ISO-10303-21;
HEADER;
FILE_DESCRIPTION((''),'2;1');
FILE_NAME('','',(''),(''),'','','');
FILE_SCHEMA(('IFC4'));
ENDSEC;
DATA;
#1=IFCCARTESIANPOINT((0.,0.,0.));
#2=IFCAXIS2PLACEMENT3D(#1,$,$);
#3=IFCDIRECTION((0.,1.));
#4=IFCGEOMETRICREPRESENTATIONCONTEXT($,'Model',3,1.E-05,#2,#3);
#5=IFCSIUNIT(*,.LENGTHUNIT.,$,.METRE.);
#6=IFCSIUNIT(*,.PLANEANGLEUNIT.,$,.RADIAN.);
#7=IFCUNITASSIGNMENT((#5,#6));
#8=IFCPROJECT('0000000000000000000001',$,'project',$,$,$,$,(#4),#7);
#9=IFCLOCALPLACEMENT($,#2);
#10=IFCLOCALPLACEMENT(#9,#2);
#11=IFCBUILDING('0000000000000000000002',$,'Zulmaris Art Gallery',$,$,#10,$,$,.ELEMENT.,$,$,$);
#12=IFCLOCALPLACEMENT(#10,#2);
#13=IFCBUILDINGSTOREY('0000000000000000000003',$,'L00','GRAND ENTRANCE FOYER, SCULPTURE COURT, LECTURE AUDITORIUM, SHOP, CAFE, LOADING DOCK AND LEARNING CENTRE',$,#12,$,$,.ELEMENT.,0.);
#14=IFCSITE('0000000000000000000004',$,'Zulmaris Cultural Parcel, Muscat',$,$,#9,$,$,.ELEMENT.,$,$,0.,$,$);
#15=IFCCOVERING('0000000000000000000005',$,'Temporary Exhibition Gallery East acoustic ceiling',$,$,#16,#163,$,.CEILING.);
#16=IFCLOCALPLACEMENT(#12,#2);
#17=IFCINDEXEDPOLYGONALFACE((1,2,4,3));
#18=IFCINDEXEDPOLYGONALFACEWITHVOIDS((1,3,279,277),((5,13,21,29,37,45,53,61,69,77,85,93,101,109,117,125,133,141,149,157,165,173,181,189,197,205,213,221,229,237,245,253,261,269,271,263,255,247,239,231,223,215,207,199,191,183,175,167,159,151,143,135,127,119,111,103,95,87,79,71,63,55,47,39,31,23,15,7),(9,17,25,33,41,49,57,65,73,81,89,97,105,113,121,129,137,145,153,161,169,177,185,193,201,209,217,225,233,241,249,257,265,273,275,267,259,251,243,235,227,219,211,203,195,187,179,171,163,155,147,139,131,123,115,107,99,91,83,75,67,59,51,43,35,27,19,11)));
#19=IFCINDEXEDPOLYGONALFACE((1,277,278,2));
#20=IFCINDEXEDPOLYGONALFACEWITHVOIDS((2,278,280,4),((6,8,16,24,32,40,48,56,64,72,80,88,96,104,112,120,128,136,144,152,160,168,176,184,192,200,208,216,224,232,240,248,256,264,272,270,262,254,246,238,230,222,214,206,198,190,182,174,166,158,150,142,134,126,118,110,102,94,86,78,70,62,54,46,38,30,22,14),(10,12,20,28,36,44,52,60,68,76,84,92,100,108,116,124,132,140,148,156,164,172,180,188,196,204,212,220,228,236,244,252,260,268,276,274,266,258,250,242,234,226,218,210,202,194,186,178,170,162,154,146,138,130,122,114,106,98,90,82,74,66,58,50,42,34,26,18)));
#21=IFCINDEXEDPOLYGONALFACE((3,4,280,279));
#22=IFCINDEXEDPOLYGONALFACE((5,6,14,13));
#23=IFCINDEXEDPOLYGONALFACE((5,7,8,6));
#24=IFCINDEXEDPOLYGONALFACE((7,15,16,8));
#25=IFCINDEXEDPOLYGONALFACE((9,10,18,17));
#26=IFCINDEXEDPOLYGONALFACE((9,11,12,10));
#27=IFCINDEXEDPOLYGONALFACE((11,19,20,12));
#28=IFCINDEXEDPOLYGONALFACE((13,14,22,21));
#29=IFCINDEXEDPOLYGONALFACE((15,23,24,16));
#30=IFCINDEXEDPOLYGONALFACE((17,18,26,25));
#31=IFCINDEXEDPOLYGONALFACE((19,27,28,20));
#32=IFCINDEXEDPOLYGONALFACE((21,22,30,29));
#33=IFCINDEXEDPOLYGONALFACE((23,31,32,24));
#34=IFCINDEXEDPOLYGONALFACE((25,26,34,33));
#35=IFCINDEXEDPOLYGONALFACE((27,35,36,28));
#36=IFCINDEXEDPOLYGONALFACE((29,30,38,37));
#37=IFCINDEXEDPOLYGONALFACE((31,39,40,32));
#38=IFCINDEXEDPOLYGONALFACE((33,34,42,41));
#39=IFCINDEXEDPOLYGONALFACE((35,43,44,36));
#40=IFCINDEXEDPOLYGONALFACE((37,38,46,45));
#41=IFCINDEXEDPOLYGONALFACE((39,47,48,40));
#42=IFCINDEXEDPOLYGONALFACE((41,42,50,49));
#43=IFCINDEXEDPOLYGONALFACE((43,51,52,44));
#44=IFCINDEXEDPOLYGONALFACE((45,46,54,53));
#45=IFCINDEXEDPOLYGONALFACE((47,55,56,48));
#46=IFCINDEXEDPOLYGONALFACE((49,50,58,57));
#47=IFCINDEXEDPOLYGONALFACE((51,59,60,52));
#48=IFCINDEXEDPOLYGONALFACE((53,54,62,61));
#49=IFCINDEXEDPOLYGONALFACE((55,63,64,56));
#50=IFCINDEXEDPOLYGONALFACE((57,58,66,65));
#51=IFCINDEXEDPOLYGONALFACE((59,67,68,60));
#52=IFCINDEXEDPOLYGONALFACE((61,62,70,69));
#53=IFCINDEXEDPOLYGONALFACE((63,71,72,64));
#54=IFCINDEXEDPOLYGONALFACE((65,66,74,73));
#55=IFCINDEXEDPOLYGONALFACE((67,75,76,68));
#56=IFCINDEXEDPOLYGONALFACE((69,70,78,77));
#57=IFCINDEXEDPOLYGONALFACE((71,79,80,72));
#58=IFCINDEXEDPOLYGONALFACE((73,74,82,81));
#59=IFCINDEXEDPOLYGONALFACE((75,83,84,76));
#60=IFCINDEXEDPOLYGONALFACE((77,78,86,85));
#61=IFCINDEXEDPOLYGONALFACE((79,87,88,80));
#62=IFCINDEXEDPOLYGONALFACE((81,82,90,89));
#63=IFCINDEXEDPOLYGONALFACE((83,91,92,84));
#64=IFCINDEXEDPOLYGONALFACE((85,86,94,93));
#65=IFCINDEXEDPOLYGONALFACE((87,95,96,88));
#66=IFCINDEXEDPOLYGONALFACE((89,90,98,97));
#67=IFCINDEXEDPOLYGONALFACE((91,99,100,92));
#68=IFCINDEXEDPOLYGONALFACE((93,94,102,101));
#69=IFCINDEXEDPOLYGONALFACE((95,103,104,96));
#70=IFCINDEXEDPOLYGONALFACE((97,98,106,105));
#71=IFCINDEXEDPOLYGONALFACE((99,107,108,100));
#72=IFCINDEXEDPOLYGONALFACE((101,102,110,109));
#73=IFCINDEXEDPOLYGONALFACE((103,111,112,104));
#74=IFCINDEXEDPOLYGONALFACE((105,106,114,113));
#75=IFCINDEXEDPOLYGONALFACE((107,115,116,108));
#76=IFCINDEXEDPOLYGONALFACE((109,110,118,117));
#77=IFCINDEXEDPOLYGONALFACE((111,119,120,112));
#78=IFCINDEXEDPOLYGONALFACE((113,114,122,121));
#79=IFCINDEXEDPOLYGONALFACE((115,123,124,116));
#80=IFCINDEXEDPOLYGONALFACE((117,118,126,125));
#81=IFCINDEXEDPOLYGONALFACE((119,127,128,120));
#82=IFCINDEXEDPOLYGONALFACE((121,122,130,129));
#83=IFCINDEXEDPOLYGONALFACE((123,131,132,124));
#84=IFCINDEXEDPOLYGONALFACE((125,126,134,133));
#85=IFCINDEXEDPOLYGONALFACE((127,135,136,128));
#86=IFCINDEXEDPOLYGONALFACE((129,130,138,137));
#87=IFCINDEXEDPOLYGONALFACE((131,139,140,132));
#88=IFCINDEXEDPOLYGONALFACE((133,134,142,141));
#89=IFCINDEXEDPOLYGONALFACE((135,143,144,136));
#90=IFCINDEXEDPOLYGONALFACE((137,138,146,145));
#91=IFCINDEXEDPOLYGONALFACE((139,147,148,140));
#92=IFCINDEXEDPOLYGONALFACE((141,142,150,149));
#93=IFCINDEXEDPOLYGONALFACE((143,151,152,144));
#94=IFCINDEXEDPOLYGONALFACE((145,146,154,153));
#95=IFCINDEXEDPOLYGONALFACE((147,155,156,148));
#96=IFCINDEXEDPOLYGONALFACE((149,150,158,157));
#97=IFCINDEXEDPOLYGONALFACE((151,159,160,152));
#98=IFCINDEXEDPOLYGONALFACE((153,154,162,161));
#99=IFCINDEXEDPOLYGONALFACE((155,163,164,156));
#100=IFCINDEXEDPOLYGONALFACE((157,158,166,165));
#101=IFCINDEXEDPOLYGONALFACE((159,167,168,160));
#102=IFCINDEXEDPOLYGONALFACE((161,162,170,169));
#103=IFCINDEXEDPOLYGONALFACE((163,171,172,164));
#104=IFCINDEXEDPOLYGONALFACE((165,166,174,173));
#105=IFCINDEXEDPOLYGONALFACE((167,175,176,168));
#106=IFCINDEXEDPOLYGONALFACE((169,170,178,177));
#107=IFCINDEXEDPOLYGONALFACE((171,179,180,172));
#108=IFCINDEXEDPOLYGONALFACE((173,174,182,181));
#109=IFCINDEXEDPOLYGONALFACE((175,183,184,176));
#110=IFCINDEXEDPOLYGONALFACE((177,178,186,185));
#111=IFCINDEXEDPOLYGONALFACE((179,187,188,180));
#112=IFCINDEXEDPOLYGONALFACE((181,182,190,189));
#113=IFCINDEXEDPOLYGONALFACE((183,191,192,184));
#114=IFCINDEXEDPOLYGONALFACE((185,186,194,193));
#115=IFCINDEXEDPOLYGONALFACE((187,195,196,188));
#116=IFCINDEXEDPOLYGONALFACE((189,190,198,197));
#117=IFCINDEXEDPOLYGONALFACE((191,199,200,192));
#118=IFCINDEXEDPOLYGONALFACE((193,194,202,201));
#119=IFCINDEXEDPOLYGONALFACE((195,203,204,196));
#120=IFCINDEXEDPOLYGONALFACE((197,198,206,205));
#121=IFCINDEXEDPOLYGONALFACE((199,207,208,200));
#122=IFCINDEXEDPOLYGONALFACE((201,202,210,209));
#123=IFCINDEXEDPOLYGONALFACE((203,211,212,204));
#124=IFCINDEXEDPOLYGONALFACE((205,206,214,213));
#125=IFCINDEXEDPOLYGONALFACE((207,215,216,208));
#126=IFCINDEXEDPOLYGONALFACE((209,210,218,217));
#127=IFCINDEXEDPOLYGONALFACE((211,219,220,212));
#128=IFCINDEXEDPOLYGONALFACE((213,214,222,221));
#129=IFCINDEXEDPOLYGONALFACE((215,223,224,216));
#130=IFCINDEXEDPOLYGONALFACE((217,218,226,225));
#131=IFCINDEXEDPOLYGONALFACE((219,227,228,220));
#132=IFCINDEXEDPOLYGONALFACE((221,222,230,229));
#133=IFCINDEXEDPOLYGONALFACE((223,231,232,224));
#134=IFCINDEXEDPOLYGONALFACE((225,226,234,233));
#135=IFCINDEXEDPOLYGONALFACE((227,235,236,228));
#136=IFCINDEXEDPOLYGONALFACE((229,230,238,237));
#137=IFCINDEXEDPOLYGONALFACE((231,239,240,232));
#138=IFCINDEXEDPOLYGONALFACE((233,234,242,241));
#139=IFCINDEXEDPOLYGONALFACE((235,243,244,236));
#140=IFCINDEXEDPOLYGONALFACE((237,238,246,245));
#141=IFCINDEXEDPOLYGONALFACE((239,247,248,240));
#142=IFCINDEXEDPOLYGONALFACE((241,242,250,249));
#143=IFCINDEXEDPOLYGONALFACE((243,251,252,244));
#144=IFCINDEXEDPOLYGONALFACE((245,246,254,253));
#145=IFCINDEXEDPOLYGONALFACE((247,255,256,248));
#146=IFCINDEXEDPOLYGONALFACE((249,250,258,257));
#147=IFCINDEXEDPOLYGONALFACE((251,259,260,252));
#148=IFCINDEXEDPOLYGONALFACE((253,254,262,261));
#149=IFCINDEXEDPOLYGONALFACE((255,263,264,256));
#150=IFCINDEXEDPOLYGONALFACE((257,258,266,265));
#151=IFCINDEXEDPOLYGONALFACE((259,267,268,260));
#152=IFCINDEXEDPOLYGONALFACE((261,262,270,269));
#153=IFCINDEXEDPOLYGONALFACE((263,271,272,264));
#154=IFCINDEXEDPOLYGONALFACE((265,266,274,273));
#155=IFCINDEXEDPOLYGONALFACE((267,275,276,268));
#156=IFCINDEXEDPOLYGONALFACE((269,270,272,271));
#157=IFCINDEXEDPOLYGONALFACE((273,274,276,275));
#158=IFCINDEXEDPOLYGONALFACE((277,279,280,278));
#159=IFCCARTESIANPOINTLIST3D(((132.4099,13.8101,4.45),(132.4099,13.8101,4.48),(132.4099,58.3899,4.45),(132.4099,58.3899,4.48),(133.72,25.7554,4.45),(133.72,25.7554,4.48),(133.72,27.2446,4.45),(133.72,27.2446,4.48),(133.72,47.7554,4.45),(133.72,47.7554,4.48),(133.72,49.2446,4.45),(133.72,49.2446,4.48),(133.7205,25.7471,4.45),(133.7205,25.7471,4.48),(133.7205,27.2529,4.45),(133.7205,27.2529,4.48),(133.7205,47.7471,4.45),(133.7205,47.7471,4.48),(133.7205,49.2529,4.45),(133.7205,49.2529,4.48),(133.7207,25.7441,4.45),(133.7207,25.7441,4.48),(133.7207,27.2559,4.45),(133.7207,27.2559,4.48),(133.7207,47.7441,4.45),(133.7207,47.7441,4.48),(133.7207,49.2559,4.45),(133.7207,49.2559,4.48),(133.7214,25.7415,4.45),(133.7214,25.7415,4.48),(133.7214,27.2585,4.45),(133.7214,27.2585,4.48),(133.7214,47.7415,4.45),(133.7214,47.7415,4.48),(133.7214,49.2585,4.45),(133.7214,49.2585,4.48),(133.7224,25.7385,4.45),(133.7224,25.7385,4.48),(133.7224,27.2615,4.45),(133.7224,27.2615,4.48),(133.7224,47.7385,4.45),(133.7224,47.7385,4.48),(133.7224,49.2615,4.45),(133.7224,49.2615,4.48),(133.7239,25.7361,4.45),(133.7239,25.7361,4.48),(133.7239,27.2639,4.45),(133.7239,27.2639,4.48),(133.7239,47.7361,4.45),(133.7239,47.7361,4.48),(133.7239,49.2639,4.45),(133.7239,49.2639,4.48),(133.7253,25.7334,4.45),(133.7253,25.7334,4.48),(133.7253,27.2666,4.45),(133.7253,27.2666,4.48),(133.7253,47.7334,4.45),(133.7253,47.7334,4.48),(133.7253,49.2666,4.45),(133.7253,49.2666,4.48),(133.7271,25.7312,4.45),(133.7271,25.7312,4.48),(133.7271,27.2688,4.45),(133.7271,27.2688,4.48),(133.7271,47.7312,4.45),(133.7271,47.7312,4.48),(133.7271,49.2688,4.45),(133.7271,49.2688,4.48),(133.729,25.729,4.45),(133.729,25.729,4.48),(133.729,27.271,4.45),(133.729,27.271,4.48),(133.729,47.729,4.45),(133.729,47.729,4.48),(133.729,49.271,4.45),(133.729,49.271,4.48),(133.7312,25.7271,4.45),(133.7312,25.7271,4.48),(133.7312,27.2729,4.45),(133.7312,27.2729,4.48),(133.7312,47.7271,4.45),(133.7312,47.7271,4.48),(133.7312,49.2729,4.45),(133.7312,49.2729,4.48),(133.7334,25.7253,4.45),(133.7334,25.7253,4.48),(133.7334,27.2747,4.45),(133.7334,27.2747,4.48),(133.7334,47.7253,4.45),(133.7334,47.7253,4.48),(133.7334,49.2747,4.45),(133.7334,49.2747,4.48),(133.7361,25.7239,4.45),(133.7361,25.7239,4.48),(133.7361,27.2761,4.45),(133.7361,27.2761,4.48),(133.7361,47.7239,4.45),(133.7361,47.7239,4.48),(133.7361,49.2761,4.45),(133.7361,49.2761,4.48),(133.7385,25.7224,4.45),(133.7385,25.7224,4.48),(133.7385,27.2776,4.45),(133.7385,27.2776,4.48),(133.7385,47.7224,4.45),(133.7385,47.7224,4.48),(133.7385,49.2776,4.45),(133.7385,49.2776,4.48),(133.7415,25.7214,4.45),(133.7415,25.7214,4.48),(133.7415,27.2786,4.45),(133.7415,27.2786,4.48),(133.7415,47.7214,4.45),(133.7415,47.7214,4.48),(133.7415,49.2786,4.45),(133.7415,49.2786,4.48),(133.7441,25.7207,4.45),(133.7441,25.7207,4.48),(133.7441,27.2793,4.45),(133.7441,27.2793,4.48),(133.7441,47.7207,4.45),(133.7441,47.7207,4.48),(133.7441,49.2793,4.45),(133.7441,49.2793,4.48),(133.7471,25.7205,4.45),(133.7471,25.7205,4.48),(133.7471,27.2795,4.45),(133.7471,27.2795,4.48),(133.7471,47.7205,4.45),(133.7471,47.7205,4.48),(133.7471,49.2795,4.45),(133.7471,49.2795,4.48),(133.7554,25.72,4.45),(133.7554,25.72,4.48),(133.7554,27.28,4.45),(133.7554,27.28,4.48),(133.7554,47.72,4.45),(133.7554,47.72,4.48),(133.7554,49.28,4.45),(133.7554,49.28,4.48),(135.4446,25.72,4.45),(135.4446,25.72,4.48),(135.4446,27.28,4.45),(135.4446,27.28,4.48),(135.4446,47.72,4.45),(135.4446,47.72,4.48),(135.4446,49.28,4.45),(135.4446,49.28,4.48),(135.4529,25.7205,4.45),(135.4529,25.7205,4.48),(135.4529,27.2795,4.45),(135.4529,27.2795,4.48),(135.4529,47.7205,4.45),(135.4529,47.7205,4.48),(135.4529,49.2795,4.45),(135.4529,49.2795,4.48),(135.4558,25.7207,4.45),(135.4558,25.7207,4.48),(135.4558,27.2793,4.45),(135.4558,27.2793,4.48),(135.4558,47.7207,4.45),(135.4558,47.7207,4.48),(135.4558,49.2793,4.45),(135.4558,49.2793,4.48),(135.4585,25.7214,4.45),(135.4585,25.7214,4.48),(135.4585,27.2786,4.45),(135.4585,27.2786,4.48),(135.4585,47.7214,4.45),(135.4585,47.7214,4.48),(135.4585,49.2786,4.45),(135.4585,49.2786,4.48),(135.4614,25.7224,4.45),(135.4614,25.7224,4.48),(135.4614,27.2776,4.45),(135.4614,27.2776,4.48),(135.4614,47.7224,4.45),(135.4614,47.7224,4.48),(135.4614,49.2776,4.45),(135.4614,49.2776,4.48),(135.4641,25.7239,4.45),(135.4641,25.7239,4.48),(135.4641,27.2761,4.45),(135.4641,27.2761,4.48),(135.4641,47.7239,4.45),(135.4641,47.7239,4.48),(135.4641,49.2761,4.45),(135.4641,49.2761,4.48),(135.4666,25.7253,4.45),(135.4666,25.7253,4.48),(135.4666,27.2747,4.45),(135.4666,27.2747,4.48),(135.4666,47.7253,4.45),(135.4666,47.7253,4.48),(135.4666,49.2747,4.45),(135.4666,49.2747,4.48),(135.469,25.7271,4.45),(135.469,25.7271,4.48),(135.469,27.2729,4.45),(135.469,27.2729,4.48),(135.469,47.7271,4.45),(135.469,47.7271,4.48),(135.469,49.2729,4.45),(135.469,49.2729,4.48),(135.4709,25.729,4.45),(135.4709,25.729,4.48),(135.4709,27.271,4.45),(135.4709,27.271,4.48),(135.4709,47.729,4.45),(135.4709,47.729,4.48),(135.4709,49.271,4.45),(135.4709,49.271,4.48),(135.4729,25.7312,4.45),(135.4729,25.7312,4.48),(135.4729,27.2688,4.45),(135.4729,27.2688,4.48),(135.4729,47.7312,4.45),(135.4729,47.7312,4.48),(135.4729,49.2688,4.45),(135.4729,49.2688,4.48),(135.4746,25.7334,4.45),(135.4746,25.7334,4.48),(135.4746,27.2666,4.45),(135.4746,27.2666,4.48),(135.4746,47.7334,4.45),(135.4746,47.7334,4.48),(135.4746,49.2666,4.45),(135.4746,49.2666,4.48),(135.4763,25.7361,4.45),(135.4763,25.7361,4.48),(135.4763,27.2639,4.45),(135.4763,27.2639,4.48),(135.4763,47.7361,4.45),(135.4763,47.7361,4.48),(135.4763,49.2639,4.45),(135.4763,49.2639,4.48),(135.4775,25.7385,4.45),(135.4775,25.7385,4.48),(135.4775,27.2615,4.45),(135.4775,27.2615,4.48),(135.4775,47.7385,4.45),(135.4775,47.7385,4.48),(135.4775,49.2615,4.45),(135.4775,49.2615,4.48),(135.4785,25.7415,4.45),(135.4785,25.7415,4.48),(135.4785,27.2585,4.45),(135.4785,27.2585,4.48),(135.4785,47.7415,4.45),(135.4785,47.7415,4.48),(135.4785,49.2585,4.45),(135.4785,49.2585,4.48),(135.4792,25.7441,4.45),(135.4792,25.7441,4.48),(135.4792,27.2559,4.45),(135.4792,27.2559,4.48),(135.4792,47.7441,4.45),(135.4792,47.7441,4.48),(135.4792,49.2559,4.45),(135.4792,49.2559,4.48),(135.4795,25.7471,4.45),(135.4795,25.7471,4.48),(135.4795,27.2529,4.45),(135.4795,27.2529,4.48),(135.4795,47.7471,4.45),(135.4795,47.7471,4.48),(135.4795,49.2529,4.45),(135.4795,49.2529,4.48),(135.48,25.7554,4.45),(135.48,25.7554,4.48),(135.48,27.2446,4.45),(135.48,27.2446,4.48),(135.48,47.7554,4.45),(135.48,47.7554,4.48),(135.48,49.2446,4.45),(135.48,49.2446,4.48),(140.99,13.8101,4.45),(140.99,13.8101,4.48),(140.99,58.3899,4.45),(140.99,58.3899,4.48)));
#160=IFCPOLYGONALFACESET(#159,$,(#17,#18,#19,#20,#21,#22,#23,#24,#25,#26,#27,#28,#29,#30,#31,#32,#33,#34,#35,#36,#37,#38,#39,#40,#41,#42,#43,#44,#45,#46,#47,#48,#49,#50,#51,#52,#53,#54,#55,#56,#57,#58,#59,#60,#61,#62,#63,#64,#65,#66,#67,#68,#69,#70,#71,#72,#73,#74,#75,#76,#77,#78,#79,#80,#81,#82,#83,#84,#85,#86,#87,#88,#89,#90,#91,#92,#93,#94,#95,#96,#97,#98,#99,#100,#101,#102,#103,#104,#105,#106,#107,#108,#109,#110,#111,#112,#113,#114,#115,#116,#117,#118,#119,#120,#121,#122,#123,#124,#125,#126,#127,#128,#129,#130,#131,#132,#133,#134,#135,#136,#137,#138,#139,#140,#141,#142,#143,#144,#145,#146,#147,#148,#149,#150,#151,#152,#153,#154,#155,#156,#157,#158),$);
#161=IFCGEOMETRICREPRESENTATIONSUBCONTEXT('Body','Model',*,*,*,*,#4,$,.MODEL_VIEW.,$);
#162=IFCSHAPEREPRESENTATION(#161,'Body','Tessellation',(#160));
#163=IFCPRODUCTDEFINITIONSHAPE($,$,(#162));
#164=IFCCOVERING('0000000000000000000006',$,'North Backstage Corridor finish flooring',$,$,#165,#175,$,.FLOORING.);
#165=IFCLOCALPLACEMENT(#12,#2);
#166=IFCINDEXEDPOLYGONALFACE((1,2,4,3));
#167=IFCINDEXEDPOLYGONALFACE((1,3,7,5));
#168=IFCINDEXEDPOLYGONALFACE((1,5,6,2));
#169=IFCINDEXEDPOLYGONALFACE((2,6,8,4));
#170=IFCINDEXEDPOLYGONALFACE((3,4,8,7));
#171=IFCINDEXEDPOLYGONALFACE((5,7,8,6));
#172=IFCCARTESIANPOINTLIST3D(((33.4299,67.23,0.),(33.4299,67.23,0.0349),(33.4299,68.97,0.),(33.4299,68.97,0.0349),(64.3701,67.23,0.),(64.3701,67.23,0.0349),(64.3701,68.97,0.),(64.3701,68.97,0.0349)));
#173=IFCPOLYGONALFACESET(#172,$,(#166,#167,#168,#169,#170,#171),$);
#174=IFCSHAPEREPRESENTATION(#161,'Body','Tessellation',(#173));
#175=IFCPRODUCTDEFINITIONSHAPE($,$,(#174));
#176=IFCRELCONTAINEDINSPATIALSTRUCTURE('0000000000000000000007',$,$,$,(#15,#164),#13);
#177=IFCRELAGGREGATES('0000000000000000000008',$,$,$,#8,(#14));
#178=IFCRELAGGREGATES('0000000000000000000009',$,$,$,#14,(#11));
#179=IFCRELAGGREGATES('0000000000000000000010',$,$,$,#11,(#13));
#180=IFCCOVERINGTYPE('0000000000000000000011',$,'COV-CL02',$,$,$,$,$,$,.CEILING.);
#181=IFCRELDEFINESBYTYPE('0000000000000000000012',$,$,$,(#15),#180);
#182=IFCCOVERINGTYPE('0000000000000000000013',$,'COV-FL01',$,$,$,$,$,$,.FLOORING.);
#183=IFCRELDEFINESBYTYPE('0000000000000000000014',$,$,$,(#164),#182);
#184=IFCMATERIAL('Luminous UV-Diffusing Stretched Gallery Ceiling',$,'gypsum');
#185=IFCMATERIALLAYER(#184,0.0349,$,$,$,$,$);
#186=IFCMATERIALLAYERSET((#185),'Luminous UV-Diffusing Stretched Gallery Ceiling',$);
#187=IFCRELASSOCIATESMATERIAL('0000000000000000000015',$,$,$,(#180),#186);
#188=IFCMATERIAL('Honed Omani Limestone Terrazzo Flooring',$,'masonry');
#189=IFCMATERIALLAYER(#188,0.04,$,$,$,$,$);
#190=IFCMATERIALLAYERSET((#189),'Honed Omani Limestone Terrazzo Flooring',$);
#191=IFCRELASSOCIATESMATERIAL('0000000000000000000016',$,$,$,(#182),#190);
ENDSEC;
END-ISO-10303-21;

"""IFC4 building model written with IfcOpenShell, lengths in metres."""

from ifc_helpers import new_model, si_unit, direction, frame, origin, place, context, subcontext, project, spatial, polyline, outline, extrude, material, layer, layer_set, type_object, element, save


model = new_model("IFC4")

# Units and contexts
model_context = context("Model", 3, precision=1e-05, world=origin(), true_north=direction((0.0, 1.0)))
body_context = subcontext(model_context, "Body", "Model", "MODEL_VIEW")
ifc_project = project(units=[si_unit("LENGTHUNIT", "METRE"), si_unit("PLANEANGLEUNIT", "RADIAN")], contexts=[model_context])

# Site, building, storey
site_placement = place(None, origin())
site = spatial("IfcSite", under=ifc_project, at=site_placement, Name="Zulmaris Cultural Parcel, Muscat", CompositionType="ELEMENT", RefElevation=0.0)
building_placement = place(site_placement, origin())
building = spatial("IfcBuilding", under=site, at=building_placement, Name="Zulmaris Art Gallery", CompositionType="ELEMENT")
storey_placement = place(building_placement, origin())
storey = spatial("IfcBuildingStorey", under=building, at=storey_placement, Name="L00", Description="GRAND ENTRANCE FOYER, SCULPTURE COURT, LECTURE AUDITORIUM, SHOP, CAFE, LOADING DOCK AND LEARNING CENTRE", CompositionType="ELEMENT", Elevation=0.0)

# Coverings
ifc_material_1 = material(Name="Luminous UV-Diffusing Stretched Gallery Ceiling", Category="gypsum")
ifc_layer_1 = layer(ifc_material_1, 0.0349)
ifc_layer_set_1 = layer_set([ifc_layer_1], Name="Luminous UV-Diffusing Stretched Gallery Ceiling")
covering_type_1 = type_object("IfcCoveringType", Name="COV-CL02", PredefinedType="CEILING", material=ifc_layer_set_1)
covering_1_placement = place(storey_placement, frame((0.0, 0.0, 4.45)))
element("IfcCovering", 1, at=covering_1_placement, inside=storey, type_object=covering_type_1, Name="Temporary Exhibition Gallery East acoustic ceiling", PredefinedType="CEILING", context=body_context, shape_type="SweptSolid", body=[
    extrude(outline(polyline([(132.4099, 58.3899), (140.99, 58.3899), (140.99, 13.8101), (132.4099, 13.8101), (132.4099, 58.3899)]), holes=[polyline([(133.7214, 25.7415), (133.7224, 25.7385), (133.7239, 25.7361), (133.7253, 25.7334), (133.7271, 25.7312), (133.729, 25.729), (133.7312, 25.7271), (133.7334, 25.7253), (133.7361, 25.7239), (133.7385, 25.7224), (133.7415, 25.7214), (133.7441, 25.7207), (133.7471, 25.7205), (133.7554, 25.72), (135.4446, 25.72), (135.4529, 25.7205), (135.4558, 25.7207), (135.4585, 25.7214), (135.4614, 25.7224), (135.4641, 25.7239), (135.4666, 25.7253), (135.469, 25.7271), (135.4709, 25.729), (135.4729, 25.7312), (135.4746, 25.7334), (135.4763, 25.7361), (135.4775, 25.7385), (135.4785, 25.7415), (135.4792, 25.7441), (135.4795, 25.7471), (135.48, 25.7554), (135.48, 27.2446), (135.4795, 27.2529), (135.4792, 27.2559), (135.4785, 27.2585), (135.4775, 27.2615), (135.4763, 27.2639), (135.4746, 27.2666), (135.4729, 27.2688), (135.4709, 27.271), (135.469, 27.2729), (135.4666, 27.2747), (135.4641, 27.2761), (135.4614, 27.2776), (135.4585, 27.2786), (135.4558, 27.2793), (135.4529, 27.2795), (135.4446, 27.28), (133.7554, 27.28), (133.7471, 27.2795), (133.7441, 27.2793), (133.7415, 27.2786), (133.7385, 27.2776), (133.7361, 27.2761), (133.7334, 27.2747), (133.7312, 27.2729), (133.729, 27.271), (133.7271, 27.2688), (133.7253, 27.2666), (133.7239, 27.2639), (133.7224, 27.2615), (133.7214, 27.2585), (133.7207, 27.2559), (133.7205, 27.2529), (133.72, 27.2446), (133.72, 25.7554), (133.7205, 25.7471), (133.7207, 25.7441), (133.7214, 25.7415)]), polyline([(133.7214, 47.7415), (133.7224, 47.7385), (133.7239, 47.7361), (133.7253, 47.7334), (133.7271, 47.7312), (133.729, 47.729), (133.7312, 47.7271), (133.7334, 47.7253), (133.7361, 47.7239), (133.7385, 47.7224), (133.7415, 47.7214), (133.7441, 47.7207), (133.7471, 47.7205), (133.7554, 47.72), (135.4446, 47.72), (135.4529, 47.7205), (135.4558, 47.7207), (135.4585, 47.7214), (135.4614, 47.7224), (135.4641, 47.7239), (135.4666, 47.7253), (135.469, 47.7271), (135.4709, 47.729), (135.4729, 47.7312), (135.4746, 47.7334), (135.4763, 47.7361), (135.4775, 47.7385), (135.4785, 47.7415), (135.4792, 47.7441), (135.4795, 47.7471), (135.48, 47.7554), (135.48, 49.2446), (135.4795, 49.2529), (135.4792, 49.2559), (135.4785, 49.2585), (135.4775, 49.2615), (135.4763, 49.2639), (135.4746, 49.2666), (135.4729, 49.2688), (135.4709, 49.271), (135.469, 49.2729), (135.4666, 49.2747), (135.4641, 49.2761), (135.4614, 49.2776), (135.4585, 49.2786), (135.4558, 49.2793), (135.4529, 49.2795), (135.4446, 49.28), (133.7554, 49.28), (133.7471, 49.2795), (133.7441, 49.2793), (133.7415, 49.2786), (133.7385, 49.2776), (133.7361, 49.2761), (133.7334, 49.2747), (133.7312, 49.2729), (133.729, 49.271), (133.7271, 49.2688), (133.7253, 49.2666), (133.7239, 49.2639), (133.7224, 49.2615), (133.7214, 49.2585), (133.7207, 49.2559), (133.7205, 49.2529), (133.72, 49.2446), (133.72, 47.7554), (133.7205, 47.7471), (133.7207, 47.7441), (133.7214, 47.7415)])]), origin(), (0.0, 0.0, 1.0), 0.03),
])
ifc_material_2 = material(Name="Honed Omani Limestone Terrazzo Flooring", Category="masonry")
ifc_layer_2 = layer(ifc_material_2, 0.04)
ifc_layer_set_2 = layer_set([ifc_layer_2], Name="Honed Omani Limestone Terrazzo Flooring")
covering_type_2 = type_object("IfcCoveringType", Name="COV-FL01", PredefinedType="FLOORING", material=ifc_layer_set_2)
covering_2_placement = place(storey_placement, origin())
element("IfcCovering", 2, at=covering_2_placement, inside=storey, type_object=covering_type_2, Name="North Backstage Corridor finish flooring", PredefinedType="FLOORING", context=body_context, shape_type="SweptSolid", body=[
    extrude(outline(polyline([(64.3701, 67.23), (33.4299, 67.23), (33.4299, 68.97), (64.3701, 68.97), (64.3701, 67.23)])), origin(), (0.0, 0.0, 1.0), 0.0349),
])

save(model, "model.ifc")
